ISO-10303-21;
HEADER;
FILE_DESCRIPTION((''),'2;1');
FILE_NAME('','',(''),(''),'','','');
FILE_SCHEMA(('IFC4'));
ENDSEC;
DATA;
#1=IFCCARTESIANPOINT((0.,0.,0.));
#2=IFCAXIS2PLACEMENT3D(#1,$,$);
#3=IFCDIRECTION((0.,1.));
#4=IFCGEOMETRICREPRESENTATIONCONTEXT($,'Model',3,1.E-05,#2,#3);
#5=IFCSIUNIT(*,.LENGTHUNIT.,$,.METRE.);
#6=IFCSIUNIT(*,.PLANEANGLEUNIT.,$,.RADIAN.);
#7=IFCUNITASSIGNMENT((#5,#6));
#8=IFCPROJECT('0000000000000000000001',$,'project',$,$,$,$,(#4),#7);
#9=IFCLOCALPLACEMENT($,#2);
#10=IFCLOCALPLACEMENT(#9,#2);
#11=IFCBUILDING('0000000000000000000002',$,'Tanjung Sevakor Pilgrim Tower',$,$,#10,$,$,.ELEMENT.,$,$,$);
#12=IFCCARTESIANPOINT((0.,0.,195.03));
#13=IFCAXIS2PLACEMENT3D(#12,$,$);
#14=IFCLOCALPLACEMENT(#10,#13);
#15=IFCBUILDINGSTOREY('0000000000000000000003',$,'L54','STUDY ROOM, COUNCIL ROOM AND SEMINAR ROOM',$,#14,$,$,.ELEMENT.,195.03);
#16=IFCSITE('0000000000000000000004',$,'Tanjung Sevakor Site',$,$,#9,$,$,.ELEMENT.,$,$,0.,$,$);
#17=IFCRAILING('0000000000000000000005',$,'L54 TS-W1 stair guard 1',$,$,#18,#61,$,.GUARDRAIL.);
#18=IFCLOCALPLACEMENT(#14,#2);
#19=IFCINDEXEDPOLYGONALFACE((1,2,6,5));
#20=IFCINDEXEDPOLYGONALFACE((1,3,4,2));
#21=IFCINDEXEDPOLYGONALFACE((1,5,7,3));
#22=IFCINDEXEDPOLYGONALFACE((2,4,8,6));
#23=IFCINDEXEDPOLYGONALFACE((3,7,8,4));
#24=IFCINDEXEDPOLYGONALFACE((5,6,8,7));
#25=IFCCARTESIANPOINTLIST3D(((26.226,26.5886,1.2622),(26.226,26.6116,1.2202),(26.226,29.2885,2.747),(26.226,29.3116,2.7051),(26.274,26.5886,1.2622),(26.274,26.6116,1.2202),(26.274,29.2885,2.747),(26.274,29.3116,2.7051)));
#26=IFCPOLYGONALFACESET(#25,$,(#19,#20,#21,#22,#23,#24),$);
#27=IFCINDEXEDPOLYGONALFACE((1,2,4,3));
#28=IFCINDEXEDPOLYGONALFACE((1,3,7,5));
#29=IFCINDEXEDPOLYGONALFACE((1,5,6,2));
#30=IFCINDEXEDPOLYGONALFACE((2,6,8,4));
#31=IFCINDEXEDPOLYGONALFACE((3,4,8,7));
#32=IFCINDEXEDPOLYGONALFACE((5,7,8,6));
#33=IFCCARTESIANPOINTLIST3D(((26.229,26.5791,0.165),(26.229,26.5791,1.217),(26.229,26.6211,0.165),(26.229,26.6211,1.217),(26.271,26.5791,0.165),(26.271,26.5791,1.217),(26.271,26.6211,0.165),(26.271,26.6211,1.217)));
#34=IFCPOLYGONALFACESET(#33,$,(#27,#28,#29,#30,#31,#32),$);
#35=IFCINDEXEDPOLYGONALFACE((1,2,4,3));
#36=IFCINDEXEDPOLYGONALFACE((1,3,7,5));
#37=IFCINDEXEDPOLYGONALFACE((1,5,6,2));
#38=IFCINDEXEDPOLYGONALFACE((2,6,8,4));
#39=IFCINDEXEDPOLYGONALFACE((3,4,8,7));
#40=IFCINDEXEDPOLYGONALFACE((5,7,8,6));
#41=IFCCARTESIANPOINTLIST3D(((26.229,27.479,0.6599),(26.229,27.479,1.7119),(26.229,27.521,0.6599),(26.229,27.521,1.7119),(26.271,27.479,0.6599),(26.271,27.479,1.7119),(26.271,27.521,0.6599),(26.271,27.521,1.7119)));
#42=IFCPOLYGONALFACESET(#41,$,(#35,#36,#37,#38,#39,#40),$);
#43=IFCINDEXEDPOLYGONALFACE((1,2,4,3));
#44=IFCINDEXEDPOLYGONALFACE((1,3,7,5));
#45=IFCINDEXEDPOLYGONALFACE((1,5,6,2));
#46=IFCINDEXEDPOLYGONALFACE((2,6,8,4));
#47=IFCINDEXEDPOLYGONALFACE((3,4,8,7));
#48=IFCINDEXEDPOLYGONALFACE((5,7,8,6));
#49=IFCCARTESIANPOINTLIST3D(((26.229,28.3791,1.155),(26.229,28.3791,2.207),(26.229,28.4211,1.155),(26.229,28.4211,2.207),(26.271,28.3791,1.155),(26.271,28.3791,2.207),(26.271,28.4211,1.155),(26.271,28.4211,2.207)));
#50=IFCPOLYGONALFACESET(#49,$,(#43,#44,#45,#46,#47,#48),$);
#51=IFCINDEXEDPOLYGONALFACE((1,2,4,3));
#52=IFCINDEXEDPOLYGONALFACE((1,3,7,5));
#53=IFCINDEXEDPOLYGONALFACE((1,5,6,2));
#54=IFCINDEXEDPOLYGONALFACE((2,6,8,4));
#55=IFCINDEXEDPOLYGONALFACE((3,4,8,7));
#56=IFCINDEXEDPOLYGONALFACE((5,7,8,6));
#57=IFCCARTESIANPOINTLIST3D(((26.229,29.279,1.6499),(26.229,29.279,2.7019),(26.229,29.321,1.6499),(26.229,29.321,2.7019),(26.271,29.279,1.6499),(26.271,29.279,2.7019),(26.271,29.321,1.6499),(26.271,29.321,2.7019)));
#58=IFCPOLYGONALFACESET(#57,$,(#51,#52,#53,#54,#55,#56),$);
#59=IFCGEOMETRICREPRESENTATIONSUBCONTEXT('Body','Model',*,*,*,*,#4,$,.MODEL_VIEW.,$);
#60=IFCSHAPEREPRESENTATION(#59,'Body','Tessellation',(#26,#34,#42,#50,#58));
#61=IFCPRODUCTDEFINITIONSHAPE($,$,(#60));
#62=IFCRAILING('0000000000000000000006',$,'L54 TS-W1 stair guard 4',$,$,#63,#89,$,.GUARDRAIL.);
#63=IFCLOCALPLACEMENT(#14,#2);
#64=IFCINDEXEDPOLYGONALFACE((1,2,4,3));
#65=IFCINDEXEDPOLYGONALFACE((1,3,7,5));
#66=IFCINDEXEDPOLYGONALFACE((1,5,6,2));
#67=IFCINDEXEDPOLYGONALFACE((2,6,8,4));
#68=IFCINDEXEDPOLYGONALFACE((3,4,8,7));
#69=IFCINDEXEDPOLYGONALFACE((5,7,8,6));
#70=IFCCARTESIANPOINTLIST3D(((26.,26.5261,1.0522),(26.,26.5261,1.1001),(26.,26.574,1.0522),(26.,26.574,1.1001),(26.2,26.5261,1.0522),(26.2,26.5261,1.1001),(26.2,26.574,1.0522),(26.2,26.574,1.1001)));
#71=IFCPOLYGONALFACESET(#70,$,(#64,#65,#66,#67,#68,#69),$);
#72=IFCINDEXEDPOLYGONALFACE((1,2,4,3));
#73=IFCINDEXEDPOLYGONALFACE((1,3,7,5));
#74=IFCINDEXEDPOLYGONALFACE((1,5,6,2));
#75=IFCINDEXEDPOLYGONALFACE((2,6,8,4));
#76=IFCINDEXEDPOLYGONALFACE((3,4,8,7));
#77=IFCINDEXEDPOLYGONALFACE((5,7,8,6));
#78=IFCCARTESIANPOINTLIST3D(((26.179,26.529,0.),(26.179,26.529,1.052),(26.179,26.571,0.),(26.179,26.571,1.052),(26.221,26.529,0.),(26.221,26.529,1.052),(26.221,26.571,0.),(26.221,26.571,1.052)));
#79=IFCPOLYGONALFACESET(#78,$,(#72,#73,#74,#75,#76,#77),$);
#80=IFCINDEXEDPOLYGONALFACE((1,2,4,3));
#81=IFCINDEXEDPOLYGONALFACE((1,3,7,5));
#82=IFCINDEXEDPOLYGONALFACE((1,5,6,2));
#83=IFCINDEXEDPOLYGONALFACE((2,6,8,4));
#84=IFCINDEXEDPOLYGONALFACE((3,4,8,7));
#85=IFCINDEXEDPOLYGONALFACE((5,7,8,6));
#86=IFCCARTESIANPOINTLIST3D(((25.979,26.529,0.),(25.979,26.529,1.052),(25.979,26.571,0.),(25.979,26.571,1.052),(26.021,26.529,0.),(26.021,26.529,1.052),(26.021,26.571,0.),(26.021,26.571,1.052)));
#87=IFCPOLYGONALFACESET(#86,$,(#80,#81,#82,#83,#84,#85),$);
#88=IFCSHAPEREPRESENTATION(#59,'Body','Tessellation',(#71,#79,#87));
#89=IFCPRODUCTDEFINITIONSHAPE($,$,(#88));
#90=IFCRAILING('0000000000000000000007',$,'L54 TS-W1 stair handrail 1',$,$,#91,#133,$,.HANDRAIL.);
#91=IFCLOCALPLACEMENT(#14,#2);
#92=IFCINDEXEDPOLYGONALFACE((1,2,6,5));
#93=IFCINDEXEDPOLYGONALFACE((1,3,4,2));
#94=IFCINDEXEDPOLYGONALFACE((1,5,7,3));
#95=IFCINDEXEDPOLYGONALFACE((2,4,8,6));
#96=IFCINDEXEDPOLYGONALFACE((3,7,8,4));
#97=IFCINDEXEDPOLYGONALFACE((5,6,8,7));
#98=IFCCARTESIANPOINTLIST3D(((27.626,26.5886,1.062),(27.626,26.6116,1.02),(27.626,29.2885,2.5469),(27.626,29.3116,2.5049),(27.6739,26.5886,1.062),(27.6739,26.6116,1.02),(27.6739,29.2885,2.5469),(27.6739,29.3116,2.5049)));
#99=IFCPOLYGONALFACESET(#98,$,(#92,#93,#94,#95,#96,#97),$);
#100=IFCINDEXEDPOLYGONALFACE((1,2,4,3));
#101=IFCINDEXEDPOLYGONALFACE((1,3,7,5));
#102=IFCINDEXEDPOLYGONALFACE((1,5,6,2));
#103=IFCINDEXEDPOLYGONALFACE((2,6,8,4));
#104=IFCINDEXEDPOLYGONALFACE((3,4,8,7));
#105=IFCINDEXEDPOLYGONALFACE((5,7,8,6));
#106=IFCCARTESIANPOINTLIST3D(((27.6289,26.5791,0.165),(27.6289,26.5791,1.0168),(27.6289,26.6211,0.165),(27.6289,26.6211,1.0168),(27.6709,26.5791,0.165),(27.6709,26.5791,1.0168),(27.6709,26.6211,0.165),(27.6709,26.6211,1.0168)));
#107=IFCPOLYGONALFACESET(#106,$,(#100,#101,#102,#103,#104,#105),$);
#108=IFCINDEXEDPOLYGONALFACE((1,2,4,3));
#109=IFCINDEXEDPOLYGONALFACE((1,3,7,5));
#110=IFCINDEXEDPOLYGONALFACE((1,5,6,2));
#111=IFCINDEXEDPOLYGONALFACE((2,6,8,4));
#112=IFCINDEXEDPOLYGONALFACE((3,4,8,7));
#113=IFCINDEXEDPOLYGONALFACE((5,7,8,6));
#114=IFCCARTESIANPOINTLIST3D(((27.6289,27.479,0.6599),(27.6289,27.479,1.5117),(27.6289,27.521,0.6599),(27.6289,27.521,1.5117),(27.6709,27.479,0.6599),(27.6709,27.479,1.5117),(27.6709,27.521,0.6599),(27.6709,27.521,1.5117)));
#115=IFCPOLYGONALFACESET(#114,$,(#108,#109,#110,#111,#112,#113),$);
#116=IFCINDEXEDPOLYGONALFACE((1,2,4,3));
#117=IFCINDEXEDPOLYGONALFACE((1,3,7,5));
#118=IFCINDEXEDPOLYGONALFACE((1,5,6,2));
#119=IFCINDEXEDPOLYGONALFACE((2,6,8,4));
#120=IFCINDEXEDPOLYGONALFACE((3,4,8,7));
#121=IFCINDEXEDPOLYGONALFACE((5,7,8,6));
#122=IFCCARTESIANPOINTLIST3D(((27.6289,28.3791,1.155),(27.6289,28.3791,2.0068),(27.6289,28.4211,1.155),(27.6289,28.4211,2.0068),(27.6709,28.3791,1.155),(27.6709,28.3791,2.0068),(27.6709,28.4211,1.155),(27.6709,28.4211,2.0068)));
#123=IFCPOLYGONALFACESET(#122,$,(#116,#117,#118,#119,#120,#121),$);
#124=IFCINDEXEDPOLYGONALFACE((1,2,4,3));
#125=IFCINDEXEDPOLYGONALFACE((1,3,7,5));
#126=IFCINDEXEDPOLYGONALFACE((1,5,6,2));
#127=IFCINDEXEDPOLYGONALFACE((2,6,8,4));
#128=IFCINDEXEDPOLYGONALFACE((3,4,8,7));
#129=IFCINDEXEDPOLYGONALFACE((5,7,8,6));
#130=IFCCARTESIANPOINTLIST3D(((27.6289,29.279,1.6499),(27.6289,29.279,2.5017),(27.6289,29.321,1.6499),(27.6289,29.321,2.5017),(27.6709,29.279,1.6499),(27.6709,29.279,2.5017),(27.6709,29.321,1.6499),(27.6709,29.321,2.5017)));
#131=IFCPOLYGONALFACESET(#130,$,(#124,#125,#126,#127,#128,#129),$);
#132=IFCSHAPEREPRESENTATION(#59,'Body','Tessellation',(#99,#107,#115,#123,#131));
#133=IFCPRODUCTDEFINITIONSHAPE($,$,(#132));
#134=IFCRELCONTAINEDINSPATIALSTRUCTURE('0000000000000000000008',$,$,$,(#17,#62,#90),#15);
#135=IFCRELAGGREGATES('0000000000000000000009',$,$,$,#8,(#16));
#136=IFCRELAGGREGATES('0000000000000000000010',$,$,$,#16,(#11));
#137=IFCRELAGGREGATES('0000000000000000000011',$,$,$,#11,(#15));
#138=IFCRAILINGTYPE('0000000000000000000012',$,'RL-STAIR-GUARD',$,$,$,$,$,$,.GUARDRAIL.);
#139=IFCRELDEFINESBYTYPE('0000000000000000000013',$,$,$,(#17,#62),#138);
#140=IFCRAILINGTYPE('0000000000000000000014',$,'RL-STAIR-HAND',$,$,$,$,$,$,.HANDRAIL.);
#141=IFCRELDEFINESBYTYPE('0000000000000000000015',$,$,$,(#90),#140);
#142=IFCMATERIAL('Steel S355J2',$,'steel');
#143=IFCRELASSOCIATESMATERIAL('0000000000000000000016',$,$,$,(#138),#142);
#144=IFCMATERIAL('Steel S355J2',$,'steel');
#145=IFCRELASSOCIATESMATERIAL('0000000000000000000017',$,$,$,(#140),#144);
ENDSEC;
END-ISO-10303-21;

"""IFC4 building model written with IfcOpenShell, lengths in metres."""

from ifc_helpers import new_model, si_unit, direction, frame, origin, place, context, subcontext, project, spatial, rectangle, extrude, material, type_object, element, save


model = new_model("IFC4")

# Units and contexts
model_context = context("Model", 3, precision=1e-05, world=origin(), true_north=direction((0.0, 1.0)))
body_context = subcontext(model_context, "Body", "Model", "MODEL_VIEW")
ifc_project = project(units=[si_unit("LENGTHUNIT", "METRE"), si_unit("PLANEANGLEUNIT", "RADIAN")], contexts=[model_context])

# Site, building, storey
site_placement = place(None, origin())
site = spatial("IfcSite", under=ifc_project, at=site_placement, Name="Tanjung Sevakor Site", CompositionType="ELEMENT", RefElevation=0.0)
building_placement = place(site_placement, origin())
building = spatial("IfcBuilding", under=site, at=building_placement, Name="Tanjung Sevakor Pilgrim Tower", CompositionType="ELEMENT")
storey_placement = place(building_placement, frame((0.0, 0.0, 195.03)))
storey = spatial("IfcBuildingStorey", under=building, at=storey_placement, Name="L54", Description="STUDY ROOM, COUNCIL ROOM AND SEMINAR ROOM", CompositionType="ELEMENT", Elevation=195.03)

# Railings
ifc_material_1 = material(Name="Steel S355J2", Category="steel")
railing_type_1 = type_object("IfcRailingType", Name="RL-STAIR-GUARD", PredefinedType="GUARDRAIL", material=ifc_material_1)
railing_1_placement = place(storey_placement, frame((26.25, 26.6001, 0.165)))
element("IfcRailing", 1, at=railing_1_placement, inside=storey, type_object=railing_type_1, Name="L54 TS-W1 stair guard 1", PredefinedType="GUARDRAIL", context=body_context, shape_type="SweptSolid", body=[
    extrude(rectangle(XDim=0.0479, YDim=0.0479), frame((0.0, 0.0, 1.0762), z_axis=(0.0, 0.876231, 0.481891), x_axis=(-1.0, 0.0, 0.0)), (0.0, 0.0, 1.0), 3.0813),
    extrude(rectangle(XDim=0.042, YDim=0.042), origin(), (0.0, 0.0, 1.0), 1.052),
    extrude(rectangle(XDim=0.042, YDim=0.042), frame((0.0, 0.8999, 0.4949)), (0.0, 0.0, 1.0), 1.052),
    extrude(rectangle(XDim=0.042, YDim=0.042), frame((0.0, 1.8, 0.99)), (0.0, 0.0, 1.0), 1.052),
    extrude(rectangle(XDim=0.042, YDim=0.042), frame((0.0, 2.7, 1.4849)), (0.0, 0.0, 1.0), 1.052),
])
railing_2_placement = place(storey_placement, frame((26.2, 26.55, 0.0)))
element("IfcRailing", 2, at=railing_2_placement, inside=storey, type_object=railing_type_1, Name="L54 TS-W1 stair guard 4", PredefinedType="GUARDRAIL", context=body_context, shape_type="SweptSolid", body=[
    extrude(rectangle(XDim=0.0479, YDim=0.0479), frame((0.0, 0.0, 1.0762), z_axis=(-1.0, 0.0, 0.0), x_axis=(0.0, -1.0, 0.0)), (0.0, 0.0, 1.0), 0.2),
    extrude(rectangle(XDim=0.042, YDim=0.042), origin(), (0.0, 0.0, 1.0), 1.052),
    extrude(rectangle(XDim=0.042, YDim=0.042), frame((-0.2, 0.0, 0.0)), (0.0, 0.0, 1.0), 1.052),
])
ifc_material_2 = material(Name="Steel S355J2", Category="steel")
railing_type_2 = type_object("IfcRailingType", Name="RL-STAIR-HAND", PredefinedType="HANDRAIL", material=ifc_material_2)
railing_3_placement = place(storey_placement, frame((27.6499, 26.6001, 0.165)))
element("IfcRailing", 3, at=railing_3_placement, inside=storey, type_object=railing_type_2, Name="L54 TS-W1 stair handrail 1", PredefinedType="HANDRAIL", context=body_context, shape_type="SweptSolid", body=[
    extrude(rectangle(XDim=0.0479, YDim=0.0479), frame((0.0, 0.0, 0.876), z_axis=(0.0, 0.876231, 0.481891), x_axis=(-1.0, 0.0, 0.0)), (0.0, 0.0, 1.0), 3.0813),
    extrude(rectangle(XDim=0.042, YDim=0.042), origin(), (0.0, 0.0, 1.0), 0.8518),
    extrude(rectangle(XDim=0.042, YDim=0.042), frame((0.0, 0.8999, 0.4949)), (0.0, 0.0, 1.0), 0.8518),
    extrude(rectangle(XDim=0.042, YDim=0.042), frame((0.0, 1.8, 0.99)), (0.0, 0.0, 1.0), 0.8518),
    extrude(rectangle(XDim=0.042, YDim=0.042), frame((0.0, 2.7, 1.4849)), (0.0, 0.0, 1.0), 0.8518),
])

save(model, "model.ifc")
